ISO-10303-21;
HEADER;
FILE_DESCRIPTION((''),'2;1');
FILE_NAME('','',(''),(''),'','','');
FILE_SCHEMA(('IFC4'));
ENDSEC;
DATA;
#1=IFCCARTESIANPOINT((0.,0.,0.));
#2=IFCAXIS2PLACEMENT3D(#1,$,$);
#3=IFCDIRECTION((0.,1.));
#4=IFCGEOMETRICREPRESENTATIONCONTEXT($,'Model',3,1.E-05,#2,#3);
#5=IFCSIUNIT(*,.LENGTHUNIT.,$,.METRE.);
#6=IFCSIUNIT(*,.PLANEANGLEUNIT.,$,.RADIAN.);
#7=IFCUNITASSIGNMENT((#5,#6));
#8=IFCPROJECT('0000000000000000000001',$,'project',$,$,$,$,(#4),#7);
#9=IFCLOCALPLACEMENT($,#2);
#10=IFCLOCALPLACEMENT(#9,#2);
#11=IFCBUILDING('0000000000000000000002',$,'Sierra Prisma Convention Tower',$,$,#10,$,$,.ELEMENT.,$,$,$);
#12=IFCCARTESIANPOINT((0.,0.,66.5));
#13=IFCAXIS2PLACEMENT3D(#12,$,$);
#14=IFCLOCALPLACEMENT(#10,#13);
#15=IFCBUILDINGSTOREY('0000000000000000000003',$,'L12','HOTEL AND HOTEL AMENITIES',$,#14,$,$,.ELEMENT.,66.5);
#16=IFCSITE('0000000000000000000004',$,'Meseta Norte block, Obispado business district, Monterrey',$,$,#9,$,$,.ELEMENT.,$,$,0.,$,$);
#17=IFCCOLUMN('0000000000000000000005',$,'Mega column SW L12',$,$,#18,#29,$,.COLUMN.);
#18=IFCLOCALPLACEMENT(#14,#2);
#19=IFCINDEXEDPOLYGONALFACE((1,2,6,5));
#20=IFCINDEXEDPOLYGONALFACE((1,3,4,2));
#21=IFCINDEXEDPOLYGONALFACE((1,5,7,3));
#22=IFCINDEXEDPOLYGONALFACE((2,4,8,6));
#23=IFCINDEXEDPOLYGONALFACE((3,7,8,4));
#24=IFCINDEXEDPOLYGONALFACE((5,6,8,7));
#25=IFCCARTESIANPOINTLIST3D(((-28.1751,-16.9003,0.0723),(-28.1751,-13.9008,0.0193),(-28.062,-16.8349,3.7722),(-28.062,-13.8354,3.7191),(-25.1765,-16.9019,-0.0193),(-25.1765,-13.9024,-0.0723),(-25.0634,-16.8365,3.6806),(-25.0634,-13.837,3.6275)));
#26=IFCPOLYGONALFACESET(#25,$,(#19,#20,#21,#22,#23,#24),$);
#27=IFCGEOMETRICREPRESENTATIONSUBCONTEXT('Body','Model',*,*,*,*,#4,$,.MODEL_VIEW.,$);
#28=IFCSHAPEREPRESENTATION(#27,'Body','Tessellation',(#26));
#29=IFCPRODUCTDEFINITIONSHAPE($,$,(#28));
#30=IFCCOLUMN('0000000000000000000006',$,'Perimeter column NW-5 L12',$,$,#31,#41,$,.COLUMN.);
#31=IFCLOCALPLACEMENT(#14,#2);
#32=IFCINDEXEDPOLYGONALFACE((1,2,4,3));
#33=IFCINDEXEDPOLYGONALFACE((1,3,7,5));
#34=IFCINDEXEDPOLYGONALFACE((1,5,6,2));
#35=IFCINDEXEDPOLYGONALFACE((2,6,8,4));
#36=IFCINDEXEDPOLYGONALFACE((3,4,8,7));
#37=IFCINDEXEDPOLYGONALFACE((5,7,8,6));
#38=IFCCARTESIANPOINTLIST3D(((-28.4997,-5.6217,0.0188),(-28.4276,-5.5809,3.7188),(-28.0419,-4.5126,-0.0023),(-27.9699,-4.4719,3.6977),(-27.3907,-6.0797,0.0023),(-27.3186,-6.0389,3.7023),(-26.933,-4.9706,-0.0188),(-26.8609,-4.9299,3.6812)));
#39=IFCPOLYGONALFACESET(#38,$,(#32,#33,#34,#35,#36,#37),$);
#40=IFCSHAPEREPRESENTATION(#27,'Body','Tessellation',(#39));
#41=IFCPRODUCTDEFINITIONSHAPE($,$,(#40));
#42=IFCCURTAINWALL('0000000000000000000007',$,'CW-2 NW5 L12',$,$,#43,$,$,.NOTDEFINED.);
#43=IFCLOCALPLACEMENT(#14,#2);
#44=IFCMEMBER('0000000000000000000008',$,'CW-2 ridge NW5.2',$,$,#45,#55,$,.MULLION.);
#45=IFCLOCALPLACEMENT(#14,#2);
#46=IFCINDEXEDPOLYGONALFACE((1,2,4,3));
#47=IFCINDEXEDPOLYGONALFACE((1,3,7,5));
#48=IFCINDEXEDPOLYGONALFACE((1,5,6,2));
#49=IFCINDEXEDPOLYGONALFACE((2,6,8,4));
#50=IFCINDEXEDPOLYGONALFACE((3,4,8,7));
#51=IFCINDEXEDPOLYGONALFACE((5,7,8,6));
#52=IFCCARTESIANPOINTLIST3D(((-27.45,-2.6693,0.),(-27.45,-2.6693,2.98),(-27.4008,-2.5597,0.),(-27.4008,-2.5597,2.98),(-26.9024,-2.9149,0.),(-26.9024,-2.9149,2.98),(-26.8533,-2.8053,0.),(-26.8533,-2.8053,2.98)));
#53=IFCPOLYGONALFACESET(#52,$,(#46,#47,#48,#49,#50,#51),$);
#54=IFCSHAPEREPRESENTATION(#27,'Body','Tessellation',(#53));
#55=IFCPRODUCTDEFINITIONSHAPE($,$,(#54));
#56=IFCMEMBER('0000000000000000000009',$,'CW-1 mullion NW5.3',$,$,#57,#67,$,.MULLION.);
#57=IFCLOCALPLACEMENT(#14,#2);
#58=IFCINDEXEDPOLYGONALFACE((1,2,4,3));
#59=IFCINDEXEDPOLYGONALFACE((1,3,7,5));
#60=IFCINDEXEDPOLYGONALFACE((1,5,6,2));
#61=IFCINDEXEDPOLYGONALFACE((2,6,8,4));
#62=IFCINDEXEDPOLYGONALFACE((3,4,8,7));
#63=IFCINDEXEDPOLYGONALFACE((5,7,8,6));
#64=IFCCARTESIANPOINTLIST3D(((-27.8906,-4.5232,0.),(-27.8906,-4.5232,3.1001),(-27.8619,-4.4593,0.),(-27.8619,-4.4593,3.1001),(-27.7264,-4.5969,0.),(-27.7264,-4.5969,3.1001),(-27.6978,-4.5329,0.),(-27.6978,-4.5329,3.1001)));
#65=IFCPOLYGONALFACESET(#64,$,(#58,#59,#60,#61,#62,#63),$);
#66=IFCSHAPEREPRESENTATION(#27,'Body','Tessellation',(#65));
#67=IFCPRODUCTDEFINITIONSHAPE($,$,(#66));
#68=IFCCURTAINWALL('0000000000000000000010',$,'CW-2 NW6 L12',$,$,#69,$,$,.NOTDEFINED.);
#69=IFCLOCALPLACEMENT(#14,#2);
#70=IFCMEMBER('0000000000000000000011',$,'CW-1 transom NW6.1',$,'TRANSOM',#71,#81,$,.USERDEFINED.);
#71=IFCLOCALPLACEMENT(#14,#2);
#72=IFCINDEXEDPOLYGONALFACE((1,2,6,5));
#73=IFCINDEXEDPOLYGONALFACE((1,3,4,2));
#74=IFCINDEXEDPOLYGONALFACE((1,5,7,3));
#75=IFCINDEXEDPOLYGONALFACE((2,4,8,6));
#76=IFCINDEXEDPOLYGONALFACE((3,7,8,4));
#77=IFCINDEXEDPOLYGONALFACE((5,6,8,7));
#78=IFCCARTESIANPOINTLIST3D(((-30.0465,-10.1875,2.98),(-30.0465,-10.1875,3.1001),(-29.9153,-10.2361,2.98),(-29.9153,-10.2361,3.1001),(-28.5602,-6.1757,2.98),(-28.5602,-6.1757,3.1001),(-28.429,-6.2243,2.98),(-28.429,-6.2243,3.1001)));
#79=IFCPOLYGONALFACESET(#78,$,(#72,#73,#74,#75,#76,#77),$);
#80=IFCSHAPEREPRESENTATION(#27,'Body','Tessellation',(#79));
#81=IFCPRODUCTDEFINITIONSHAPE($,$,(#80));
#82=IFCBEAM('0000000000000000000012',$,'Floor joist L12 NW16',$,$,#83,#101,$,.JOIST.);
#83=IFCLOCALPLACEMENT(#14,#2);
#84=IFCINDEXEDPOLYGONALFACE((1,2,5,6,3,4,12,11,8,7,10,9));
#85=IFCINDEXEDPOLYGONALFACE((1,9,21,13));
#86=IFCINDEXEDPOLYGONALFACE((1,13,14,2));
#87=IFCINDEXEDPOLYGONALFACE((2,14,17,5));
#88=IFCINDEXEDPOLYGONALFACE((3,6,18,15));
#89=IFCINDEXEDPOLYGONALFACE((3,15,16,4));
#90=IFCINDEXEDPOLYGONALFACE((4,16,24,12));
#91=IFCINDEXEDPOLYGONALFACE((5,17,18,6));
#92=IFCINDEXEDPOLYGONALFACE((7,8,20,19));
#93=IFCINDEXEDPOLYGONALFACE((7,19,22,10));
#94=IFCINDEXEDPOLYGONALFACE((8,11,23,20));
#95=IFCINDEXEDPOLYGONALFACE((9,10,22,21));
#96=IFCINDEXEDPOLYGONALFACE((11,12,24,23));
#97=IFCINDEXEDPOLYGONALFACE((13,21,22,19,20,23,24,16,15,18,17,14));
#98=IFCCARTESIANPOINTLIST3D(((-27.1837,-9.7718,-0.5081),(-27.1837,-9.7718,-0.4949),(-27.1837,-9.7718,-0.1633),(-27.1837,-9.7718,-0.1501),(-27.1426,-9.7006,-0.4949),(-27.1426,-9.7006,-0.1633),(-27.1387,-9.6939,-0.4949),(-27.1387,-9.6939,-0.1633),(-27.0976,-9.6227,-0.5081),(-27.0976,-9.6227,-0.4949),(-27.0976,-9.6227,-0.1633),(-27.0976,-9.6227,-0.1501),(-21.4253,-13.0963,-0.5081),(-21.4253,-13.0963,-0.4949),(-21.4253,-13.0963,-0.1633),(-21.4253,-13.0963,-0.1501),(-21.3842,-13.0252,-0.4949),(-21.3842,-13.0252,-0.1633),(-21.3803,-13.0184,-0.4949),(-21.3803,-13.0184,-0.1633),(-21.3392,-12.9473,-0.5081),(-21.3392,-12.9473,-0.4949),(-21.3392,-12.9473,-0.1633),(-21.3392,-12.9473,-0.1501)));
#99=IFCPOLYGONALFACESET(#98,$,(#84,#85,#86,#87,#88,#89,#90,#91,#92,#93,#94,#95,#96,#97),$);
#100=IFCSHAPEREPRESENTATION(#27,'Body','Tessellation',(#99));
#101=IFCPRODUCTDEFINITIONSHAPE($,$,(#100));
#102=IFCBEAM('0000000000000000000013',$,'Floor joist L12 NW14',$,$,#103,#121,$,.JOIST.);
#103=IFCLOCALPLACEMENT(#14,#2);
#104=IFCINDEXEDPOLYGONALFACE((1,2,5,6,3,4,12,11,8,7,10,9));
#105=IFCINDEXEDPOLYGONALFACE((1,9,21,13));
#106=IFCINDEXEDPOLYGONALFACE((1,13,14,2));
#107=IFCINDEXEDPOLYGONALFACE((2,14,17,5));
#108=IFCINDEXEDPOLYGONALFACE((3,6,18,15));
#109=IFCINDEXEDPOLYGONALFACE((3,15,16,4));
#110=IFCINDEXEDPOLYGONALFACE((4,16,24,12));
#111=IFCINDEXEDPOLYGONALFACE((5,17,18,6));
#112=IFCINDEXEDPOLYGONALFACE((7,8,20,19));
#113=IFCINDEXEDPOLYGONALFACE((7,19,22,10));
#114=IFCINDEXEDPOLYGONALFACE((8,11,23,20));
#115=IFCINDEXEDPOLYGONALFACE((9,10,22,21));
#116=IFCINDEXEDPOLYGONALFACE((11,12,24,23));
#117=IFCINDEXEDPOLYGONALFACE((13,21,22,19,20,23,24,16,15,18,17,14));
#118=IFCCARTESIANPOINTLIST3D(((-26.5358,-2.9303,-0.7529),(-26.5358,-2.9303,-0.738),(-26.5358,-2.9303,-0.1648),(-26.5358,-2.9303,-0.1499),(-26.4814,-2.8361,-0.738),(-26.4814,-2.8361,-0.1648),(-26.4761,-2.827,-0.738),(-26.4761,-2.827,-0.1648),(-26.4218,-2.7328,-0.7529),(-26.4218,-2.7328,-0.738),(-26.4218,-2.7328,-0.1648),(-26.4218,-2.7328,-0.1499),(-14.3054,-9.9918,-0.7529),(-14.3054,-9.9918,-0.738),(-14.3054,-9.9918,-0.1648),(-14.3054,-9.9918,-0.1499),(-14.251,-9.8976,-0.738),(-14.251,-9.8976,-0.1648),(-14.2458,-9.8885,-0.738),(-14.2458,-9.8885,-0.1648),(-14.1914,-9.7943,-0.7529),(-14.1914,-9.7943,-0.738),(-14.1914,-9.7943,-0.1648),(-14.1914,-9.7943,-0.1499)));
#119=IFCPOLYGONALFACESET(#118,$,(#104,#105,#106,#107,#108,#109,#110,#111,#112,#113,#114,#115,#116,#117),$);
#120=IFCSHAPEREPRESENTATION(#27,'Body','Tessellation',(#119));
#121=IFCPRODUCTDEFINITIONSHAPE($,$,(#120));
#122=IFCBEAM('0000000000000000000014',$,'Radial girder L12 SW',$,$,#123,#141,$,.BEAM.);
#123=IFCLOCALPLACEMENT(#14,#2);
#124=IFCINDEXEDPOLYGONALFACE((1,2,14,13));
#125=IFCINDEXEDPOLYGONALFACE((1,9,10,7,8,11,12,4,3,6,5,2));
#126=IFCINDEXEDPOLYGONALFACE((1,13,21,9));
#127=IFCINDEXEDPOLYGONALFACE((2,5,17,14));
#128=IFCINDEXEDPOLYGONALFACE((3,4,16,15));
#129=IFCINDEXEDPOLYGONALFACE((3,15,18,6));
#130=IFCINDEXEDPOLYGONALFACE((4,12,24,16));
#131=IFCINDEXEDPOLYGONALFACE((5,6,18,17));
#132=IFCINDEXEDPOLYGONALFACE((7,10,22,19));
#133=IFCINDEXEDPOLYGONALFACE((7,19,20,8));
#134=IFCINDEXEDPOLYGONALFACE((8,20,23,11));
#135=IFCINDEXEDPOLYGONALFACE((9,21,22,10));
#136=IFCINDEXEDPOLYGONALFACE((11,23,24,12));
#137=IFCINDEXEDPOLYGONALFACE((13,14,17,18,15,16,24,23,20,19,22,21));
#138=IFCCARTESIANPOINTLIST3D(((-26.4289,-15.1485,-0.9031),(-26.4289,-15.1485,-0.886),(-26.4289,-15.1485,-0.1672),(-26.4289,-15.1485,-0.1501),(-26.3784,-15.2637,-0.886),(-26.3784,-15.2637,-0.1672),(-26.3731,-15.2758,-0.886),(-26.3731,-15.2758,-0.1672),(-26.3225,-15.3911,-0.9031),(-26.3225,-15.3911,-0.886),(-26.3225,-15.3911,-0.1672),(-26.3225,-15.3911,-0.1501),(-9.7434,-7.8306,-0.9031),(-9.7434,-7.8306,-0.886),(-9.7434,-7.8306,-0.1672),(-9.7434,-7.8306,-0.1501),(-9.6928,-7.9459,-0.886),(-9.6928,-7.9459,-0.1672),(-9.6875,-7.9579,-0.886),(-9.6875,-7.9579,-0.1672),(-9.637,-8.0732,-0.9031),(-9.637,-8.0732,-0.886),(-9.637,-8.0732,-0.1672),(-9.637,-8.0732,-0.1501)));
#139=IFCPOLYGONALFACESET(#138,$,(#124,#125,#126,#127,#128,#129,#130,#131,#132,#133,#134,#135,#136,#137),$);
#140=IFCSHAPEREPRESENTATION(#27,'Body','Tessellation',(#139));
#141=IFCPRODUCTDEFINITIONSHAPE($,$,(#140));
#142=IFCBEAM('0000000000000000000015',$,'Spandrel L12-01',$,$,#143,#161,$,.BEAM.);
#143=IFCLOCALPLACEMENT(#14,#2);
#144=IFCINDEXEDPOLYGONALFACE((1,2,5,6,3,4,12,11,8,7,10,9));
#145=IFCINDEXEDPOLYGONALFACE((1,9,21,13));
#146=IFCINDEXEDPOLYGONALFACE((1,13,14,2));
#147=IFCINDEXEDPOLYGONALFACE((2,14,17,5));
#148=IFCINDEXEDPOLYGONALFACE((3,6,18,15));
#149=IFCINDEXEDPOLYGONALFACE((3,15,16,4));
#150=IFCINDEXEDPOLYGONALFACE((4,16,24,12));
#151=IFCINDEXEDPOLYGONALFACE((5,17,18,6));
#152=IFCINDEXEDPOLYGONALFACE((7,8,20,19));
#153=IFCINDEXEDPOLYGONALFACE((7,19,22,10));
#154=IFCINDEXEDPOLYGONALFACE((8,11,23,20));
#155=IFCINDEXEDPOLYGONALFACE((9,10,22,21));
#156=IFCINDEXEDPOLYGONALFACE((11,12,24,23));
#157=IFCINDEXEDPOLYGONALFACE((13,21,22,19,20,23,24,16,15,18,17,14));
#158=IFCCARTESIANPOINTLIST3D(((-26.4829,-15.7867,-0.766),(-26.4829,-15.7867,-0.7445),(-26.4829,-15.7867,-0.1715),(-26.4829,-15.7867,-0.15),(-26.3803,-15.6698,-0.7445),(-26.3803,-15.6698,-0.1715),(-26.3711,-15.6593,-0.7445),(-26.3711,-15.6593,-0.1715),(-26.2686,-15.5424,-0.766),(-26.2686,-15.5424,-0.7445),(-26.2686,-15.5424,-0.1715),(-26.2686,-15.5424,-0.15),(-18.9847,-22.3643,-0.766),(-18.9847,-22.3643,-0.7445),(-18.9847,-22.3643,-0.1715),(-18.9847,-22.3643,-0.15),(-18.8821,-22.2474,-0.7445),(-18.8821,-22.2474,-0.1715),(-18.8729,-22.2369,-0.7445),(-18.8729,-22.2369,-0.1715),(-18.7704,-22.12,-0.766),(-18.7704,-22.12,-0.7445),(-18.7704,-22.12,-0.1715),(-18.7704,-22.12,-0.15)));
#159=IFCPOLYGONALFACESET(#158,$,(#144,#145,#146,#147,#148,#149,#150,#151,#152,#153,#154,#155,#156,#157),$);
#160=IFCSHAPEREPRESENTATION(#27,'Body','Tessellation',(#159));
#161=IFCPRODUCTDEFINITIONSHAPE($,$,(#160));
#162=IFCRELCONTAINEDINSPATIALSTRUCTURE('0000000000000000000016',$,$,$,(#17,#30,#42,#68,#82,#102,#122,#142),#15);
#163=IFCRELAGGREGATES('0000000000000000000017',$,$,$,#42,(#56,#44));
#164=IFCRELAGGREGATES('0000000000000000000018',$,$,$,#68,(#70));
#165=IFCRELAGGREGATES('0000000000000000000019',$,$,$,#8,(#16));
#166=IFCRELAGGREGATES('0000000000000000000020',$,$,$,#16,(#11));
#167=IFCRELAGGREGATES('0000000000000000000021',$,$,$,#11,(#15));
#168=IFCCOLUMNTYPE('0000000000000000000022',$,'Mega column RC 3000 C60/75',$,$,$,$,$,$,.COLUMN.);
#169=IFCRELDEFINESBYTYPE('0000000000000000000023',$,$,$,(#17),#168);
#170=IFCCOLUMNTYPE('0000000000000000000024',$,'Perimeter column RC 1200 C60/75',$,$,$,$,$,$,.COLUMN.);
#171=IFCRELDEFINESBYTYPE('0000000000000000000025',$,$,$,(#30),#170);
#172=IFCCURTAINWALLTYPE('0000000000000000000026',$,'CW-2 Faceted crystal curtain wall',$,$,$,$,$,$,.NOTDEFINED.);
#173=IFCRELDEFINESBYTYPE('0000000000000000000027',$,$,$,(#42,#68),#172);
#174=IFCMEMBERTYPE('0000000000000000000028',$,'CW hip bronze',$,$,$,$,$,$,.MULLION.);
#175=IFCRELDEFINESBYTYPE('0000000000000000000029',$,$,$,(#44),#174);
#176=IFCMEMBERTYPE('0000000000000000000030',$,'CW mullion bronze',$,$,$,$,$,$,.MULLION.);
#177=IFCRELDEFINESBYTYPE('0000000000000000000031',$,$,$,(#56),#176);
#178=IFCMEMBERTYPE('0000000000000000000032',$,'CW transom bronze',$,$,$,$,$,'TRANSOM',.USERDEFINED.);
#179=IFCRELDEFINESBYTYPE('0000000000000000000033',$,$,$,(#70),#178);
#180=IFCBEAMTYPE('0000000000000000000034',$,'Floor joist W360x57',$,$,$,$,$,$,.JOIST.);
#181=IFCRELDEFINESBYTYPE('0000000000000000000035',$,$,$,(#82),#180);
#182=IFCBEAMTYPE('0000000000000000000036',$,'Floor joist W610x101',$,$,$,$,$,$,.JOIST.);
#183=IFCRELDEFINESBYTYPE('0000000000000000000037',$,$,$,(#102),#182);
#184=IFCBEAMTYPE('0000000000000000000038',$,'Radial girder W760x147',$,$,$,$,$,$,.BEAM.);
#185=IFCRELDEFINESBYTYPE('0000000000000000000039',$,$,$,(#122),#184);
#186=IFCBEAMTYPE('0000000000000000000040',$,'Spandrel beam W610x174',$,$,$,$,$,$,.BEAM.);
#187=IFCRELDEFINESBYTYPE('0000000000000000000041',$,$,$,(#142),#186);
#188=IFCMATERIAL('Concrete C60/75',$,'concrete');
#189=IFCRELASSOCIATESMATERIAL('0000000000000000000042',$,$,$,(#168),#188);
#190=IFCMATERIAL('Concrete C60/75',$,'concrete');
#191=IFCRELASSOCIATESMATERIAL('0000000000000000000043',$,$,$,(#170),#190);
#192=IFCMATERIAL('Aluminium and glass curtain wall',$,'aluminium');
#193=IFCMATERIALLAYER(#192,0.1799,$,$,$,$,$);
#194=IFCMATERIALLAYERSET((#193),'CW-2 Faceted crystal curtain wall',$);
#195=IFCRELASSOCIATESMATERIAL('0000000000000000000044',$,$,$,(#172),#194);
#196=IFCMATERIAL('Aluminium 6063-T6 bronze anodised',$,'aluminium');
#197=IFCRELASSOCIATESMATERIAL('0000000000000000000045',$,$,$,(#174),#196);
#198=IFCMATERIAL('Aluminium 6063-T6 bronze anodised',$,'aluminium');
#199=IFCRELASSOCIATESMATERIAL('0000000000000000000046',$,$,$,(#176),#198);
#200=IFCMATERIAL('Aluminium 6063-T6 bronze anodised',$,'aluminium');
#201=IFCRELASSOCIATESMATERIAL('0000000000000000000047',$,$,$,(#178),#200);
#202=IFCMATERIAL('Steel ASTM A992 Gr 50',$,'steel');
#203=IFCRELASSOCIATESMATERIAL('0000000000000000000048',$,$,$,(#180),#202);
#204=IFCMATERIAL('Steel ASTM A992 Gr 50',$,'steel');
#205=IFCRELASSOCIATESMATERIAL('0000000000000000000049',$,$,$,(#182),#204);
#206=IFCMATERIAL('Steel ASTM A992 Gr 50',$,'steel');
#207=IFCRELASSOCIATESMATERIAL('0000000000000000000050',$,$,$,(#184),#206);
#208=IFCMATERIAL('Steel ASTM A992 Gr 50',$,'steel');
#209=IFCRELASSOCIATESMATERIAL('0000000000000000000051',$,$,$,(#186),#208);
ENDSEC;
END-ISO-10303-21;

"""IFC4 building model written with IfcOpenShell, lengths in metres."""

from ifc_helpers import new_model, si_unit, direction, frame, origin, origin_2d, place, context, subcontext, project, spatial, rectangle, i_section, extrude, material, layer, layer_set, material_profile, profile_set, type_object, element, aggregate, save


model = new_model("IFC4")

# Units and contexts
model_context = context("Model", 3, precision=1e-05, world=origin(), true_north=direction((0.0, 1.0)))
body_context = subcontext(model_context, "Body", "Model", "MODEL_VIEW")
ifc_project = project(units=[si_unit("LENGTHUNIT", "METRE"), si_unit("PLANEANGLEUNIT", "RADIAN")], contexts=[model_context])

# Site, building, storey
site_placement = place(None, origin())
site = spatial("IfcSite", under=ifc_project, at=site_placement, Name="Meseta Norte block, Obispado business district, Monterrey", CompositionType="ELEMENT", RefElevation=0.0)
building_placement = place(site_placement, origin())
building = spatial("IfcBuilding", under=site, at=building_placement, Name="Sierra Prisma Convention Tower", CompositionType="ELEMENT")
storey_placement = place(building_placement, frame((0.0, 0.0, 66.5)))
storey = spatial("IfcBuildingStorey", under=building, at=storey_placement, Name="L12", Description="HOTEL AND HOTEL AMENITIES", CompositionType="ELEMENT", Elevation=66.5)

# Columns
ifc_material_1 = material(Name="Concrete C60/75", Category="concrete")
ifc_material_profile_1 = material_profile(ifc_material_1, rectangle(XDim=3.0, YDim=3.0, at=origin_2d()), Name="Mega column RC 3000 C60/75")
ifc_profile_set_1 = profile_set([ifc_material_profile_1], Name="Concrete C60/75")
column_type_1 = type_object("IfcColumnType", Name="Mega column RC 3000 C60/75", PredefinedType="COLUMN", material=ifc_profile_set_1)
column_1_placement = place(storey_placement, frame((-26.6758, -15.4014, 0.0), z_axis=(0.030532, 0.017673, 0.999378), x_axis=(0.999534, -0.00054, -0.030527)))
element("IfcColumn", 1, at=column_1_placement, inside=storey, type_object=column_type_1, Name="Mega column SW L12", PredefinedType="COLUMN", context=body_context, shape_type="SweptSolid", body=[
    extrude(rectangle(XDim=3.0, YDim=3.0, at=origin_2d()), origin(), (0.0, 0.0, 1.0), 3.7021),
])
ifc_material_2 = material(Name="Concrete C60/75", Category="concrete")
ifc_material_profile_2 = material_profile(ifc_material_2, rectangle(XDim=1.2, YDim=1.2, at=origin_2d()), Name="Perimeter column RC 1200 C60/75")
ifc_profile_set_2 = profile_set([ifc_material_profile_2], Name="Concrete C60/75")
column_type_2 = type_object("IfcColumnType", Name="Perimeter column RC 1200 C60/75", PredefinedType="COLUMN", material=ifc_profile_set_2)
column_2_placement = place(storey_placement, frame((-27.7163, -5.2961, 0.0), z_axis=(0.019461, 0.011017, 0.99975), x_axis=(0.381437, 0.924227, -0.017609)))
element("IfcColumn", 2, at=column_2_placement, inside=storey, type_object=column_type_2, Name="Perimeter column NW-5 L12", PredefinedType="COLUMN", context=body_context, shape_type="SweptSolid", body=[
    extrude(rectangle(XDim=1.2, YDim=1.2, at=origin_2d()), origin(), (0.0, 0.0, 1.0), 3.7009),
])

# Curtain wall, members
ifc_material_3 = material(Name="Aluminium and glass curtain wall", Category="aluminium")
ifc_layer_1 = layer(ifc_material_3, 0.1799)
ifc_layer_set_1 = layer_set([ifc_layer_1], Name="CW-2 Faceted crystal curtain wall")
curtain_wall_type = type_object("IfcCurtainWallType", Name="CW-2 Faceted crystal curtain wall", PredefinedType="NOTDEFINED", material=ifc_layer_set_1)
curtain_wall_1_placement = place(storey_placement, origin())
curtain_wall_1 = element("IfcCurtainWall", 3, at=curtain_wall_1_placement, inside=storey, type_object=curtain_wall_type, Name="CW-2 NW5 L12", PredefinedType="NOTDEFINED")
ifc_material_4 = material(Name="Aluminium 6063-T6 bronze anodised", Category="aluminium")
ifc_material_profile_3 = material_profile(ifc_material_4, rectangle(XDim=0.1201, YDim=0.6001, at=origin_2d()), Name="ALU RIDGE BLADE 120x600")
ifc_profile_set_3 = profile_set([ifc_material_profile_3], Name="Aluminium 6063-T6 bronze anodised")
member_type_1 = type_object("IfcMemberType", Name="CW hip bronze", PredefinedType="MULLION", material=ifc_profile_set_3)
member_1_placement = place(storey_placement, frame((-27.1516, -2.7373, 0.0), z_axis=(0.0, 0.0, 1.0), x_axis=(-0.409132, -0.912475, 0.0)))
member_1 = element("IfcMember", 4, at=member_1_placement, type_object=member_type_1, Name="CW-2 ridge NW5.2", PredefinedType="MULLION", context=body_context, shape_type="SweptSolid", body=[
    extrude(rectangle(XDim=0.1201, YDim=0.6001, at=origin_2d()), origin(), (0.0, 0.0, 1.0), 2.98),
])
ifc_material_5 = material(Name="Aluminium 6063-T6 bronze anodised", Category="aluminium")
ifc_material_profile_4 = material_profile(ifc_material_5, rectangle(XDim=0.1799, YDim=0.0701, at=origin_2d()), Name="ALU MULLION 70x180")
ifc_profile_set_4 = profile_set([ifc_material_profile_4], Name="Aluminium 6063-T6 bronze anodised")
member_type_2 = type_object("IfcMemberType", Name="CW mullion bronze", PredefinedType="MULLION", material=ifc_profile_set_4)
member_2_placement = place(storey_placement, frame((-27.7942, -4.5281, 0.0), z_axis=(0.0, 0.0, 1.0), x_axis=(0.912475, -0.409132, 0.0)))
member_2 = element("IfcMember", 5, at=member_2_placement, type_object=member_type_2, Name="CW-1 mullion NW5.3", PredefinedType="MULLION", context=body_context, shape_type="SweptSolid", body=[
    extrude(rectangle(XDim=0.1799, YDim=0.0701, at=origin_2d()), origin(), (0.0, 0.0, 1.0), 3.1001),
])

# Curtain wall, member
curtain_wall_2_placement = place(storey_placement, origin())
curtain_wall_2 = element("IfcCurtainWall", 6, at=curtain_wall_2_placement, inside=storey, type_object=curtain_wall_type, Name="CW-2 NW6 L12", PredefinedType="NOTDEFINED")
ifc_material_6 = material(Name="Aluminium 6063-T6 bronze anodised", Category="aluminium")
ifc_material_profile_5 = material_profile(ifc_material_6, rectangle(XDim=0.1399, YDim=0.1201, at=origin_2d()), Name="ALU TRANSOM 120x140")
ifc_profile_set_5 = profile_set([ifc_material_profile_5], Name="Aluminium 6063-T6 bronze anodised")
member_type_3 = type_object("IfcMemberType", Name="CW transom bronze", ElementType="TRANSOM", PredefinedType="USERDEFINED", material=ifc_profile_set_5)
member_3_placement = place(storey_placement, frame((-28.4946, -6.2, 3.04), z_axis=(-0.3474, -0.937717, 0.0), x_axis=(0.937717, -0.3474, 0.0)))
member_3 = element("IfcMember", 7, at=member_3_placement, type_object=member_type_3, Name="CW-1 transom NW6.1", ObjectType="TRANSOM", PredefinedType="USERDEFINED", context=body_context, shape_type="SweptSolid", body=[
    extrude(rectangle(XDim=0.1399, YDim=0.1201, at=origin_2d()), origin(), (0.0, 0.0, 1.0), 4.2783),
])

# Beams
ifc_material_7 = material(Name="Steel ASTM A992 Gr 50", Category="steel")
ifc_material_profile_6 = material_profile(ifc_material_7, i_section(OverallWidth=0.1721, OverallDepth=0.3579, WebThickness=0.0078, FlangeThickness=0.0132, at=origin_2d()), Name="W360x57")
ifc_profile_set_6 = profile_set([ifc_material_profile_6], Name="Steel ASTM A992 Gr 50")
beam_type_1 = type_object("IfcBeamType", Name="Floor joist W360x57", PredefinedType="JOIST", material=ifc_profile_set_6)
beam_1_placement = place(storey_placement, frame((-27.1406, -9.6973, -0.3291), z_axis=(0.866032, -0.499989, 0.0), x_axis=(0.499989, 0.866032, 0.0)))
element("IfcBeam", 8, at=beam_1_placement, inside=storey, type_object=beam_type_1, Name="Floor joist L12 NW16", PredefinedType="JOIST", context=body_context, shape_type="SweptSolid", body=[
    extrude(i_section(OverallWidth=0.1721, OverallDepth=0.3579, WebThickness=0.0078, FlangeThickness=0.0132, at=origin_2d()), origin(), (0.0, 0.0, 1.0), 6.6492),
])
ifc_material_8 = material(Name="Steel ASTM A992 Gr 50", Category="steel")
ifc_material_profile_7 = material_profile(ifc_material_8, i_section(OverallWidth=0.228, OverallDepth=0.603, WebThickness=0.0105, FlangeThickness=0.0149, at=origin_2d()), Name="W610x101")
ifc_profile_set_7 = profile_set([ifc_material_profile_7], Name="Steel ASTM A992 Gr 50")
beam_type_2 = type_object("IfcBeamType", Name="Floor joist W610x101", PredefinedType="JOIST", material=ifc_profile_set_7)
beam_2_placement = place(storey_placement, frame((-26.4788, -2.8315, -0.4514), z_axis=(0.866017, -0.500014, 0.0), x_axis=(0.500014, 0.866017, 0.0)))
element("IfcBeam", 9, at=beam_2_placement, inside=storey, type_object=beam_type_2, Name="Floor joist L12 NW14", PredefinedType="JOIST", context=body_context, shape_type="SweptSolid", body=[
    extrude(i_section(OverallWidth=0.228, OverallDepth=0.603, WebThickness=0.0105, FlangeThickness=0.0149, at=origin_2d()), origin(), (0.0, 0.0, 1.0), 14.1226),
])
ifc_material_9 = material(Name="Steel ASTM A992 Gr 50", Category="steel")
ifc_material_profile_8 = material_profile(ifc_material_9, i_section(OverallWidth=0.2649, OverallDepth=0.7529, WebThickness=0.0132, FlangeThickness=0.0171, at=origin_2d()), Name="W760x147")
ifc_profile_set_8 = profile_set([ifc_material_profile_8], Name="Steel ASTM A992 Gr 50")
beam_type_3 = type_object("IfcBeamType", Name="Radial girder W760x147", PredefinedType="BEAM", material=ifc_profile_set_8)
beam_3_placement = place(storey_placement, frame((-26.3757, -15.2698, -0.5266), z_axis=(0.915795, 0.401645, 0.0), x_axis=(-0.401645, 0.915795, 0.0)))
element("IfcBeam", 10, at=beam_3_placement, inside=storey, type_object=beam_type_3, Name="Radial girder L12 SW", PredefinedType="BEAM", context=body_context, shape_type="SweptSolid", body=[
    extrude(i_section(OverallWidth=0.2649, OverallDepth=0.7529, WebThickness=0.0132, FlangeThickness=0.0171, at=origin_2d()), origin(), (0.0, 0.0, 1.0), 18.2197),
])
ifc_material_10 = material(Name="Steel ASTM A992 Gr 50", Category="steel")
ifc_material_profile_9 = material_profile(ifc_material_10, i_section(OverallWidth=0.325, OverallDepth=0.616, WebThickness=0.0139, FlangeThickness=0.0215, at=origin_2d()), Name="W610x174")
ifc_profile_set_9 = profile_set([ifc_material_profile_9], Name="Steel ASTM A992 Gr 50")
beam_type_4 = type_object("IfcBeamType", Name="Spandrel beam W610x174", PredefinedType="BEAM", material=ifc_profile_set_9)
beam_4_placement = place(storey_placement, frame((-26.3757, -15.6646, -0.458), z_axis=(0.75175, -0.659448, 0.0), x_axis=(0.659448, 0.75175, 0.0)))
element("IfcBeam", 11, at=beam_4_placement, inside=storey, type_object=beam_type_4, Name="Spandrel L12-01", PredefinedType="BEAM", context=body_context, shape_type="SweptSolid", body=[
    extrude(i_section(OverallWidth=0.325, OverallDepth=0.616, WebThickness=0.0139, FlangeThickness=0.0215, at=origin_2d()), origin(), (0.0, 0.0, 1.0), 9.9744),
])

aggregate(curtain_wall_1, [member_2, member_1])
aggregate(curtain_wall_2, [member_3])

save(model, "model.ifc")
